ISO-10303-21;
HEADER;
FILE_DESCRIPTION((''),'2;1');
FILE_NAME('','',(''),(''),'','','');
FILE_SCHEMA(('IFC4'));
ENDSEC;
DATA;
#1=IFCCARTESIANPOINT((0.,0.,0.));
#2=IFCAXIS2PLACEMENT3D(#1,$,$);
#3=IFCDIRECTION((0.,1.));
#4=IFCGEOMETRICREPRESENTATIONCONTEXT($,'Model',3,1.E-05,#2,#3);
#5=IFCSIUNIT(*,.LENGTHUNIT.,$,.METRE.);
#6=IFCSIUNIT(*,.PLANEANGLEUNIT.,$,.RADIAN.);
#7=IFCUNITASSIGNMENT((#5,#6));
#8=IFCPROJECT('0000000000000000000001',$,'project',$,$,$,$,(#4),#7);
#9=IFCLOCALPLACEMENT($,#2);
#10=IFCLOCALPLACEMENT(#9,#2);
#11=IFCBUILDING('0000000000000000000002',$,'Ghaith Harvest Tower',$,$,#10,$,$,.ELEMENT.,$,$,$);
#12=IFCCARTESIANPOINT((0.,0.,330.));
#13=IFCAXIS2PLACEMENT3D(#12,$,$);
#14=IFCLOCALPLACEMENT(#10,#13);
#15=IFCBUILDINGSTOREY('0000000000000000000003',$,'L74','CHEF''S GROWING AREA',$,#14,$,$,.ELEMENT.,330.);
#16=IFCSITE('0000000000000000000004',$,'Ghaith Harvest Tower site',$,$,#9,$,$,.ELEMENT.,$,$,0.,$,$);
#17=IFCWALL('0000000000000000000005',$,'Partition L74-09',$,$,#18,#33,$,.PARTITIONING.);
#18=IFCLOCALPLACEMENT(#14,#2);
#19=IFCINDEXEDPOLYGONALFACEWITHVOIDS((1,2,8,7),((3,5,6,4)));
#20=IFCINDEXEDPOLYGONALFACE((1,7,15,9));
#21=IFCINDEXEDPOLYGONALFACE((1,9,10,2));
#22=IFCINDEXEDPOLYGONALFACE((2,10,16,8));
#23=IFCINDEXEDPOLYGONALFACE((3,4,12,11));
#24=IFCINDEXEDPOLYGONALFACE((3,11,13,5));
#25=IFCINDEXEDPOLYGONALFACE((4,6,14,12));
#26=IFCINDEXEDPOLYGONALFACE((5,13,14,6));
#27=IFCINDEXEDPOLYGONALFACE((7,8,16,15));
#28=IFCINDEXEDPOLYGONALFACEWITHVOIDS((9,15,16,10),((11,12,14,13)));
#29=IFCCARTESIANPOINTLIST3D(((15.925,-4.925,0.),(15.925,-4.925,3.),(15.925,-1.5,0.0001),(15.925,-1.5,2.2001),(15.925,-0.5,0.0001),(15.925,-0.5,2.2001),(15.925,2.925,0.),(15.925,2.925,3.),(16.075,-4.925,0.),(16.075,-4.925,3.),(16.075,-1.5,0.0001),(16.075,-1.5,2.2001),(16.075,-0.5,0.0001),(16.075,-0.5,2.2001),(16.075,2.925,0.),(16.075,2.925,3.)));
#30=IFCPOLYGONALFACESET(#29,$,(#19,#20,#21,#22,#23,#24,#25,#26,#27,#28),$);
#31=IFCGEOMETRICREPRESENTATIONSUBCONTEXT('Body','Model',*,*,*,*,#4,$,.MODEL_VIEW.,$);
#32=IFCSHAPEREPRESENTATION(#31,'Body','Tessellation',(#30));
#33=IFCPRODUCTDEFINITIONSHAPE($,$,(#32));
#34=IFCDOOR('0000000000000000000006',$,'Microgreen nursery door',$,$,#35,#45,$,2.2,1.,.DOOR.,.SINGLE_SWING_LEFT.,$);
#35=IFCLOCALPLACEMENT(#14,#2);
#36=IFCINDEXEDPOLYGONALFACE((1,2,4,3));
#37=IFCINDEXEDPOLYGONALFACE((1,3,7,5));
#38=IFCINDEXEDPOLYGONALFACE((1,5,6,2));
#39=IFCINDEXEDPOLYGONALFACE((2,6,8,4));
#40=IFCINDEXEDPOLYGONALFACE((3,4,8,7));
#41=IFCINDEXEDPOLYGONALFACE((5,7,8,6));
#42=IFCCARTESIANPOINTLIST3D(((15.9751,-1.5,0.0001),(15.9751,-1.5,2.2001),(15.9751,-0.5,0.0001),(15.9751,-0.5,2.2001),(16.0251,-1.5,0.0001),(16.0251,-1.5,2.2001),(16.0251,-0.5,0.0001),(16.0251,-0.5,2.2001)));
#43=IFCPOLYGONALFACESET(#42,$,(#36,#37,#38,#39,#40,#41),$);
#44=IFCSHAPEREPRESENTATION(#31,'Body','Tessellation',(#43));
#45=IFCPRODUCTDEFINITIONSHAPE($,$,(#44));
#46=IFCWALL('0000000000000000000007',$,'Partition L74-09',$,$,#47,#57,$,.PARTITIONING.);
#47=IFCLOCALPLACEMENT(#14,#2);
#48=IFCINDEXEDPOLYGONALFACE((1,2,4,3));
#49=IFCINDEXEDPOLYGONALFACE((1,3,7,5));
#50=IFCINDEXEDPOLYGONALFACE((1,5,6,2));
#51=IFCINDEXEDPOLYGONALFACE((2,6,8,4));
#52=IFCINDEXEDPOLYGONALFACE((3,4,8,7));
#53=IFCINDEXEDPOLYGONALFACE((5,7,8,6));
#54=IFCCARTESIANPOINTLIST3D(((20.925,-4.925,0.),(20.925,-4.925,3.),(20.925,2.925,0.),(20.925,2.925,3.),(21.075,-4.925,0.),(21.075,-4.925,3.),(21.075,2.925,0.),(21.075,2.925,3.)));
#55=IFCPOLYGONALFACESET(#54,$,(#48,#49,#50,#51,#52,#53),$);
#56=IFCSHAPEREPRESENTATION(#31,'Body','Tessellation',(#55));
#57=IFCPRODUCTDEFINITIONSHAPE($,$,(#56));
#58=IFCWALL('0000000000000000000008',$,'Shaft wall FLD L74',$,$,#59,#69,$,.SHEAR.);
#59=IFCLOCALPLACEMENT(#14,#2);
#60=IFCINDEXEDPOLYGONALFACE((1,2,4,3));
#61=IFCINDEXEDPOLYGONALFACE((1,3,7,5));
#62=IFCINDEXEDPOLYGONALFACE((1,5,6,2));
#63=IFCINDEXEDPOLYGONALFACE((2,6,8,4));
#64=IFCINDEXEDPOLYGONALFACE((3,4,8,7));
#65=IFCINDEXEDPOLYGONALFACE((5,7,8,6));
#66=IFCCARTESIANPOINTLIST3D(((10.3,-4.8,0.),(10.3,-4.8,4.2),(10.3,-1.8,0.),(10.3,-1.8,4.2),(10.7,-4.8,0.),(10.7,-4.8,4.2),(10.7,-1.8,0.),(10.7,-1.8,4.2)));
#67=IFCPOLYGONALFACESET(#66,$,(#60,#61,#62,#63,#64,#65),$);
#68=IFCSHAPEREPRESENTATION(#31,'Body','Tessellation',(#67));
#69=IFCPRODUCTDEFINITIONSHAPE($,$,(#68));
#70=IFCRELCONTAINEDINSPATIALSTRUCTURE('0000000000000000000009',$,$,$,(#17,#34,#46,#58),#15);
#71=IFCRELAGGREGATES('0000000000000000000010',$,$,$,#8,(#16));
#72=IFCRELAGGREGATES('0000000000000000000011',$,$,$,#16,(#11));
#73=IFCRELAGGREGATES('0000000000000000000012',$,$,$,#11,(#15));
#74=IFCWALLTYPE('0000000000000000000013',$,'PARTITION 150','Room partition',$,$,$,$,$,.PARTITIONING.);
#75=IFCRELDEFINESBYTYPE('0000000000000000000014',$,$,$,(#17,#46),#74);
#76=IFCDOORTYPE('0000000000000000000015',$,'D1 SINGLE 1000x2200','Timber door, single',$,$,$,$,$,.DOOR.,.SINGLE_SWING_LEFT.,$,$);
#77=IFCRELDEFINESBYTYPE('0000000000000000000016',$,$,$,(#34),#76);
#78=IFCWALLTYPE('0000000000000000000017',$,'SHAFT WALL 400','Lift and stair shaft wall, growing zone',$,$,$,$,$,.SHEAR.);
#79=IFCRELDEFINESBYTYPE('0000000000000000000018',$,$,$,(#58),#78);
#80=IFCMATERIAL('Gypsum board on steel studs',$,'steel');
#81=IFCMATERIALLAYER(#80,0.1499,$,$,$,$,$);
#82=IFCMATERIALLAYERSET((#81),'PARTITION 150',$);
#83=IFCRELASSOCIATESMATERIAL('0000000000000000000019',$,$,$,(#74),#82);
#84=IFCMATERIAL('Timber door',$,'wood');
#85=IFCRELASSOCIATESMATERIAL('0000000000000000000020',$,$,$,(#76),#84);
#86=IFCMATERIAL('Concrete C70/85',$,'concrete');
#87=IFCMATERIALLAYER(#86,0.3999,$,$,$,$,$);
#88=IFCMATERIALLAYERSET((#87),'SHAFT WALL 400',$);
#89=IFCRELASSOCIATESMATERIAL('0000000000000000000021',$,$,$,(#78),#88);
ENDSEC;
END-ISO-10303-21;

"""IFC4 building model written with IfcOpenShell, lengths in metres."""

from ifc_helpers import new_model, si_unit, direction, frame, frame_2d, origin, place, context, subcontext, project, spatial, rectangle, extrude, material, layer, layer_set, type_object, element, fill, save


model = new_model("IFC4")

# Units and contexts
model_context = context("Model", 3, precision=1e-05, world=origin(), true_north=direction((0.0, 1.0)))
body_context = subcontext(model_context, "Body", "Model", "MODEL_VIEW")
ifc_project = project(units=[si_unit("LENGTHUNIT", "METRE"), si_unit("PLANEANGLEUNIT", "RADIAN")], contexts=[model_context])

# Site, building, storey
site_placement = place(None, origin())
site = spatial("IfcSite", under=ifc_project, at=site_placement, Name="Ghaith Harvest Tower site", CompositionType="ELEMENT", RefElevation=0.0)
building_placement = place(site_placement, origin())
building = spatial("IfcBuilding", under=site, at=building_placement, Name="Ghaith Harvest Tower", CompositionType="ELEMENT")
storey_placement = place(building_placement, frame((0.0, 0.0, 330.0)))
storey = spatial("IfcBuildingStorey", under=building, at=storey_placement, Name="L74", Description="CHEF'S GROWING AREA", CompositionType="ELEMENT", Elevation=330.0)

# Shared definitions
ifc_material_1 = material(Name="Gypsum board on steel studs", Category="steel")
ifc_layer_1 = layer(ifc_material_1, 0.1499)
ifc_layer_set_1 = layer_set([ifc_layer_1], Name="PARTITION 150")
wall_type_1 = type_object("IfcWallType", Name="PARTITION 150", Description="Room partition", PredefinedType="PARTITIONING", material=ifc_layer_set_1)

# Wall, opening, door
wall_1_placement = place(storey_placement, frame((16.0, -4.925, 0.0), z_axis=(0.0, 0.0, 1.0), x_axis=(0.0, 1.0, 0.0)))
wall_1 = element("IfcWall", 1, at=wall_1_placement, inside=storey, type_object=wall_type_1, Name="Partition L74-09", PredefinedType="PARTITIONING", context=body_context, shape_type="SweptSolid", body=[
    extrude(rectangle(XDim=7.8501, YDim=0.1499, at=frame_2d((3.925, 0.0))), origin(), (0.0, 0.0, 1.0), 3.0),
])
opening_1_placement = place(wall_1_placement, frame((3.425, 0.0, 0.0)))
opening_1 = element("IfcOpeningElement", 2, at=opening_1_placement, cuts=wall_1, PredefinedType="OPENING", context=body_context, shape_type="SweptSolid", body=[
    extrude(rectangle(XDim=1.0, YDim=2.2, at=frame_2d((0.5, 1.1001))), frame((0.0, 0.085, 0.0), z_axis=(0.0, -1.0, 0.0), x_axis=(1.0, 0.0, 0.0)), (0.0, 0.0, 1.0), 0.1699),
])
ifc_material_2 = material(Name="Timber door", Category="wood")
door_type_1 = type_object("IfcDoorType", Name="D1 SINGLE 1000x2200", Description="Timber door, single", OperationType="SINGLE_SWING_LEFT", PredefinedType="DOOR", material=ifc_material_2)
door_1_placement = place(opening_1_placement, origin())
door_1 = element("IfcDoor", 3, at=door_1_placement, inside=storey, type_object=door_type_1, Name="Microgreen nursery door", OperationType="SINGLE_SWING_LEFT", OverallHeight=2.2, OverallWidth=1.0, PredefinedType="DOOR", context=body_context, shape_type="SweptSolid", body=[
    extrude(rectangle(XDim=1.0, YDim=2.2, at=frame_2d((0.5, 1.1001))), frame((0.0, 0.0249, 0.0), z_axis=(0.0, -1.0, 0.0), x_axis=(1.0, 0.0, 0.0)), (0.0, 0.0, 1.0), 0.05),
])
fill(opening_1, door_1)

# Walls
wall_2_placement = place(storey_placement, frame((21.0, -4.925, 0.0), z_axis=(0.0, 0.0, 1.0), x_axis=(0.0, 1.0, 0.0)))
element("IfcWall", 4, at=wall_2_placement, inside=storey, type_object=wall_type_1, Name="Partition L74-09", PredefinedType="PARTITIONING", context=body_context, shape_type="SweptSolid", body=[
    extrude(rectangle(XDim=7.8501, YDim=0.1499, at=frame_2d((3.925, 0.0))), origin(), (0.0, 0.0, 1.0), 3.0),
])
ifc_material_3 = material(Name="Concrete C70/85", Category="concrete")
ifc_layer_2 = layer(ifc_material_3, 0.3999)
ifc_layer_set_2 = layer_set([ifc_layer_2], Name="SHAFT WALL 400")
wall_type_2 = type_object("IfcWallType", Name="SHAFT WALL 400", Description="Lift and stair shaft wall, growing zone", PredefinedType="SHEAR", material=ifc_layer_set_2)
wall_3_placement = place(storey_placement, frame((10.5, -4.8, 0.0), z_axis=(0.0, 0.0, 1.0), x_axis=(0.0, 1.0, 0.0)))
element("IfcWall", 5, at=wall_3_placement, inside=storey, type_object=wall_type_2, Name="Shaft wall FLD L74", PredefinedType="SHEAR", context=body_context, shape_type="SweptSolid", body=[
    extrude(rectangle(XDim=3.0, YDim=0.3999, at=frame_2d((1.5, 0.0))), origin(), (0.0, 0.0, 1.0), 4.2),
])

save(model, "model.ifc")
